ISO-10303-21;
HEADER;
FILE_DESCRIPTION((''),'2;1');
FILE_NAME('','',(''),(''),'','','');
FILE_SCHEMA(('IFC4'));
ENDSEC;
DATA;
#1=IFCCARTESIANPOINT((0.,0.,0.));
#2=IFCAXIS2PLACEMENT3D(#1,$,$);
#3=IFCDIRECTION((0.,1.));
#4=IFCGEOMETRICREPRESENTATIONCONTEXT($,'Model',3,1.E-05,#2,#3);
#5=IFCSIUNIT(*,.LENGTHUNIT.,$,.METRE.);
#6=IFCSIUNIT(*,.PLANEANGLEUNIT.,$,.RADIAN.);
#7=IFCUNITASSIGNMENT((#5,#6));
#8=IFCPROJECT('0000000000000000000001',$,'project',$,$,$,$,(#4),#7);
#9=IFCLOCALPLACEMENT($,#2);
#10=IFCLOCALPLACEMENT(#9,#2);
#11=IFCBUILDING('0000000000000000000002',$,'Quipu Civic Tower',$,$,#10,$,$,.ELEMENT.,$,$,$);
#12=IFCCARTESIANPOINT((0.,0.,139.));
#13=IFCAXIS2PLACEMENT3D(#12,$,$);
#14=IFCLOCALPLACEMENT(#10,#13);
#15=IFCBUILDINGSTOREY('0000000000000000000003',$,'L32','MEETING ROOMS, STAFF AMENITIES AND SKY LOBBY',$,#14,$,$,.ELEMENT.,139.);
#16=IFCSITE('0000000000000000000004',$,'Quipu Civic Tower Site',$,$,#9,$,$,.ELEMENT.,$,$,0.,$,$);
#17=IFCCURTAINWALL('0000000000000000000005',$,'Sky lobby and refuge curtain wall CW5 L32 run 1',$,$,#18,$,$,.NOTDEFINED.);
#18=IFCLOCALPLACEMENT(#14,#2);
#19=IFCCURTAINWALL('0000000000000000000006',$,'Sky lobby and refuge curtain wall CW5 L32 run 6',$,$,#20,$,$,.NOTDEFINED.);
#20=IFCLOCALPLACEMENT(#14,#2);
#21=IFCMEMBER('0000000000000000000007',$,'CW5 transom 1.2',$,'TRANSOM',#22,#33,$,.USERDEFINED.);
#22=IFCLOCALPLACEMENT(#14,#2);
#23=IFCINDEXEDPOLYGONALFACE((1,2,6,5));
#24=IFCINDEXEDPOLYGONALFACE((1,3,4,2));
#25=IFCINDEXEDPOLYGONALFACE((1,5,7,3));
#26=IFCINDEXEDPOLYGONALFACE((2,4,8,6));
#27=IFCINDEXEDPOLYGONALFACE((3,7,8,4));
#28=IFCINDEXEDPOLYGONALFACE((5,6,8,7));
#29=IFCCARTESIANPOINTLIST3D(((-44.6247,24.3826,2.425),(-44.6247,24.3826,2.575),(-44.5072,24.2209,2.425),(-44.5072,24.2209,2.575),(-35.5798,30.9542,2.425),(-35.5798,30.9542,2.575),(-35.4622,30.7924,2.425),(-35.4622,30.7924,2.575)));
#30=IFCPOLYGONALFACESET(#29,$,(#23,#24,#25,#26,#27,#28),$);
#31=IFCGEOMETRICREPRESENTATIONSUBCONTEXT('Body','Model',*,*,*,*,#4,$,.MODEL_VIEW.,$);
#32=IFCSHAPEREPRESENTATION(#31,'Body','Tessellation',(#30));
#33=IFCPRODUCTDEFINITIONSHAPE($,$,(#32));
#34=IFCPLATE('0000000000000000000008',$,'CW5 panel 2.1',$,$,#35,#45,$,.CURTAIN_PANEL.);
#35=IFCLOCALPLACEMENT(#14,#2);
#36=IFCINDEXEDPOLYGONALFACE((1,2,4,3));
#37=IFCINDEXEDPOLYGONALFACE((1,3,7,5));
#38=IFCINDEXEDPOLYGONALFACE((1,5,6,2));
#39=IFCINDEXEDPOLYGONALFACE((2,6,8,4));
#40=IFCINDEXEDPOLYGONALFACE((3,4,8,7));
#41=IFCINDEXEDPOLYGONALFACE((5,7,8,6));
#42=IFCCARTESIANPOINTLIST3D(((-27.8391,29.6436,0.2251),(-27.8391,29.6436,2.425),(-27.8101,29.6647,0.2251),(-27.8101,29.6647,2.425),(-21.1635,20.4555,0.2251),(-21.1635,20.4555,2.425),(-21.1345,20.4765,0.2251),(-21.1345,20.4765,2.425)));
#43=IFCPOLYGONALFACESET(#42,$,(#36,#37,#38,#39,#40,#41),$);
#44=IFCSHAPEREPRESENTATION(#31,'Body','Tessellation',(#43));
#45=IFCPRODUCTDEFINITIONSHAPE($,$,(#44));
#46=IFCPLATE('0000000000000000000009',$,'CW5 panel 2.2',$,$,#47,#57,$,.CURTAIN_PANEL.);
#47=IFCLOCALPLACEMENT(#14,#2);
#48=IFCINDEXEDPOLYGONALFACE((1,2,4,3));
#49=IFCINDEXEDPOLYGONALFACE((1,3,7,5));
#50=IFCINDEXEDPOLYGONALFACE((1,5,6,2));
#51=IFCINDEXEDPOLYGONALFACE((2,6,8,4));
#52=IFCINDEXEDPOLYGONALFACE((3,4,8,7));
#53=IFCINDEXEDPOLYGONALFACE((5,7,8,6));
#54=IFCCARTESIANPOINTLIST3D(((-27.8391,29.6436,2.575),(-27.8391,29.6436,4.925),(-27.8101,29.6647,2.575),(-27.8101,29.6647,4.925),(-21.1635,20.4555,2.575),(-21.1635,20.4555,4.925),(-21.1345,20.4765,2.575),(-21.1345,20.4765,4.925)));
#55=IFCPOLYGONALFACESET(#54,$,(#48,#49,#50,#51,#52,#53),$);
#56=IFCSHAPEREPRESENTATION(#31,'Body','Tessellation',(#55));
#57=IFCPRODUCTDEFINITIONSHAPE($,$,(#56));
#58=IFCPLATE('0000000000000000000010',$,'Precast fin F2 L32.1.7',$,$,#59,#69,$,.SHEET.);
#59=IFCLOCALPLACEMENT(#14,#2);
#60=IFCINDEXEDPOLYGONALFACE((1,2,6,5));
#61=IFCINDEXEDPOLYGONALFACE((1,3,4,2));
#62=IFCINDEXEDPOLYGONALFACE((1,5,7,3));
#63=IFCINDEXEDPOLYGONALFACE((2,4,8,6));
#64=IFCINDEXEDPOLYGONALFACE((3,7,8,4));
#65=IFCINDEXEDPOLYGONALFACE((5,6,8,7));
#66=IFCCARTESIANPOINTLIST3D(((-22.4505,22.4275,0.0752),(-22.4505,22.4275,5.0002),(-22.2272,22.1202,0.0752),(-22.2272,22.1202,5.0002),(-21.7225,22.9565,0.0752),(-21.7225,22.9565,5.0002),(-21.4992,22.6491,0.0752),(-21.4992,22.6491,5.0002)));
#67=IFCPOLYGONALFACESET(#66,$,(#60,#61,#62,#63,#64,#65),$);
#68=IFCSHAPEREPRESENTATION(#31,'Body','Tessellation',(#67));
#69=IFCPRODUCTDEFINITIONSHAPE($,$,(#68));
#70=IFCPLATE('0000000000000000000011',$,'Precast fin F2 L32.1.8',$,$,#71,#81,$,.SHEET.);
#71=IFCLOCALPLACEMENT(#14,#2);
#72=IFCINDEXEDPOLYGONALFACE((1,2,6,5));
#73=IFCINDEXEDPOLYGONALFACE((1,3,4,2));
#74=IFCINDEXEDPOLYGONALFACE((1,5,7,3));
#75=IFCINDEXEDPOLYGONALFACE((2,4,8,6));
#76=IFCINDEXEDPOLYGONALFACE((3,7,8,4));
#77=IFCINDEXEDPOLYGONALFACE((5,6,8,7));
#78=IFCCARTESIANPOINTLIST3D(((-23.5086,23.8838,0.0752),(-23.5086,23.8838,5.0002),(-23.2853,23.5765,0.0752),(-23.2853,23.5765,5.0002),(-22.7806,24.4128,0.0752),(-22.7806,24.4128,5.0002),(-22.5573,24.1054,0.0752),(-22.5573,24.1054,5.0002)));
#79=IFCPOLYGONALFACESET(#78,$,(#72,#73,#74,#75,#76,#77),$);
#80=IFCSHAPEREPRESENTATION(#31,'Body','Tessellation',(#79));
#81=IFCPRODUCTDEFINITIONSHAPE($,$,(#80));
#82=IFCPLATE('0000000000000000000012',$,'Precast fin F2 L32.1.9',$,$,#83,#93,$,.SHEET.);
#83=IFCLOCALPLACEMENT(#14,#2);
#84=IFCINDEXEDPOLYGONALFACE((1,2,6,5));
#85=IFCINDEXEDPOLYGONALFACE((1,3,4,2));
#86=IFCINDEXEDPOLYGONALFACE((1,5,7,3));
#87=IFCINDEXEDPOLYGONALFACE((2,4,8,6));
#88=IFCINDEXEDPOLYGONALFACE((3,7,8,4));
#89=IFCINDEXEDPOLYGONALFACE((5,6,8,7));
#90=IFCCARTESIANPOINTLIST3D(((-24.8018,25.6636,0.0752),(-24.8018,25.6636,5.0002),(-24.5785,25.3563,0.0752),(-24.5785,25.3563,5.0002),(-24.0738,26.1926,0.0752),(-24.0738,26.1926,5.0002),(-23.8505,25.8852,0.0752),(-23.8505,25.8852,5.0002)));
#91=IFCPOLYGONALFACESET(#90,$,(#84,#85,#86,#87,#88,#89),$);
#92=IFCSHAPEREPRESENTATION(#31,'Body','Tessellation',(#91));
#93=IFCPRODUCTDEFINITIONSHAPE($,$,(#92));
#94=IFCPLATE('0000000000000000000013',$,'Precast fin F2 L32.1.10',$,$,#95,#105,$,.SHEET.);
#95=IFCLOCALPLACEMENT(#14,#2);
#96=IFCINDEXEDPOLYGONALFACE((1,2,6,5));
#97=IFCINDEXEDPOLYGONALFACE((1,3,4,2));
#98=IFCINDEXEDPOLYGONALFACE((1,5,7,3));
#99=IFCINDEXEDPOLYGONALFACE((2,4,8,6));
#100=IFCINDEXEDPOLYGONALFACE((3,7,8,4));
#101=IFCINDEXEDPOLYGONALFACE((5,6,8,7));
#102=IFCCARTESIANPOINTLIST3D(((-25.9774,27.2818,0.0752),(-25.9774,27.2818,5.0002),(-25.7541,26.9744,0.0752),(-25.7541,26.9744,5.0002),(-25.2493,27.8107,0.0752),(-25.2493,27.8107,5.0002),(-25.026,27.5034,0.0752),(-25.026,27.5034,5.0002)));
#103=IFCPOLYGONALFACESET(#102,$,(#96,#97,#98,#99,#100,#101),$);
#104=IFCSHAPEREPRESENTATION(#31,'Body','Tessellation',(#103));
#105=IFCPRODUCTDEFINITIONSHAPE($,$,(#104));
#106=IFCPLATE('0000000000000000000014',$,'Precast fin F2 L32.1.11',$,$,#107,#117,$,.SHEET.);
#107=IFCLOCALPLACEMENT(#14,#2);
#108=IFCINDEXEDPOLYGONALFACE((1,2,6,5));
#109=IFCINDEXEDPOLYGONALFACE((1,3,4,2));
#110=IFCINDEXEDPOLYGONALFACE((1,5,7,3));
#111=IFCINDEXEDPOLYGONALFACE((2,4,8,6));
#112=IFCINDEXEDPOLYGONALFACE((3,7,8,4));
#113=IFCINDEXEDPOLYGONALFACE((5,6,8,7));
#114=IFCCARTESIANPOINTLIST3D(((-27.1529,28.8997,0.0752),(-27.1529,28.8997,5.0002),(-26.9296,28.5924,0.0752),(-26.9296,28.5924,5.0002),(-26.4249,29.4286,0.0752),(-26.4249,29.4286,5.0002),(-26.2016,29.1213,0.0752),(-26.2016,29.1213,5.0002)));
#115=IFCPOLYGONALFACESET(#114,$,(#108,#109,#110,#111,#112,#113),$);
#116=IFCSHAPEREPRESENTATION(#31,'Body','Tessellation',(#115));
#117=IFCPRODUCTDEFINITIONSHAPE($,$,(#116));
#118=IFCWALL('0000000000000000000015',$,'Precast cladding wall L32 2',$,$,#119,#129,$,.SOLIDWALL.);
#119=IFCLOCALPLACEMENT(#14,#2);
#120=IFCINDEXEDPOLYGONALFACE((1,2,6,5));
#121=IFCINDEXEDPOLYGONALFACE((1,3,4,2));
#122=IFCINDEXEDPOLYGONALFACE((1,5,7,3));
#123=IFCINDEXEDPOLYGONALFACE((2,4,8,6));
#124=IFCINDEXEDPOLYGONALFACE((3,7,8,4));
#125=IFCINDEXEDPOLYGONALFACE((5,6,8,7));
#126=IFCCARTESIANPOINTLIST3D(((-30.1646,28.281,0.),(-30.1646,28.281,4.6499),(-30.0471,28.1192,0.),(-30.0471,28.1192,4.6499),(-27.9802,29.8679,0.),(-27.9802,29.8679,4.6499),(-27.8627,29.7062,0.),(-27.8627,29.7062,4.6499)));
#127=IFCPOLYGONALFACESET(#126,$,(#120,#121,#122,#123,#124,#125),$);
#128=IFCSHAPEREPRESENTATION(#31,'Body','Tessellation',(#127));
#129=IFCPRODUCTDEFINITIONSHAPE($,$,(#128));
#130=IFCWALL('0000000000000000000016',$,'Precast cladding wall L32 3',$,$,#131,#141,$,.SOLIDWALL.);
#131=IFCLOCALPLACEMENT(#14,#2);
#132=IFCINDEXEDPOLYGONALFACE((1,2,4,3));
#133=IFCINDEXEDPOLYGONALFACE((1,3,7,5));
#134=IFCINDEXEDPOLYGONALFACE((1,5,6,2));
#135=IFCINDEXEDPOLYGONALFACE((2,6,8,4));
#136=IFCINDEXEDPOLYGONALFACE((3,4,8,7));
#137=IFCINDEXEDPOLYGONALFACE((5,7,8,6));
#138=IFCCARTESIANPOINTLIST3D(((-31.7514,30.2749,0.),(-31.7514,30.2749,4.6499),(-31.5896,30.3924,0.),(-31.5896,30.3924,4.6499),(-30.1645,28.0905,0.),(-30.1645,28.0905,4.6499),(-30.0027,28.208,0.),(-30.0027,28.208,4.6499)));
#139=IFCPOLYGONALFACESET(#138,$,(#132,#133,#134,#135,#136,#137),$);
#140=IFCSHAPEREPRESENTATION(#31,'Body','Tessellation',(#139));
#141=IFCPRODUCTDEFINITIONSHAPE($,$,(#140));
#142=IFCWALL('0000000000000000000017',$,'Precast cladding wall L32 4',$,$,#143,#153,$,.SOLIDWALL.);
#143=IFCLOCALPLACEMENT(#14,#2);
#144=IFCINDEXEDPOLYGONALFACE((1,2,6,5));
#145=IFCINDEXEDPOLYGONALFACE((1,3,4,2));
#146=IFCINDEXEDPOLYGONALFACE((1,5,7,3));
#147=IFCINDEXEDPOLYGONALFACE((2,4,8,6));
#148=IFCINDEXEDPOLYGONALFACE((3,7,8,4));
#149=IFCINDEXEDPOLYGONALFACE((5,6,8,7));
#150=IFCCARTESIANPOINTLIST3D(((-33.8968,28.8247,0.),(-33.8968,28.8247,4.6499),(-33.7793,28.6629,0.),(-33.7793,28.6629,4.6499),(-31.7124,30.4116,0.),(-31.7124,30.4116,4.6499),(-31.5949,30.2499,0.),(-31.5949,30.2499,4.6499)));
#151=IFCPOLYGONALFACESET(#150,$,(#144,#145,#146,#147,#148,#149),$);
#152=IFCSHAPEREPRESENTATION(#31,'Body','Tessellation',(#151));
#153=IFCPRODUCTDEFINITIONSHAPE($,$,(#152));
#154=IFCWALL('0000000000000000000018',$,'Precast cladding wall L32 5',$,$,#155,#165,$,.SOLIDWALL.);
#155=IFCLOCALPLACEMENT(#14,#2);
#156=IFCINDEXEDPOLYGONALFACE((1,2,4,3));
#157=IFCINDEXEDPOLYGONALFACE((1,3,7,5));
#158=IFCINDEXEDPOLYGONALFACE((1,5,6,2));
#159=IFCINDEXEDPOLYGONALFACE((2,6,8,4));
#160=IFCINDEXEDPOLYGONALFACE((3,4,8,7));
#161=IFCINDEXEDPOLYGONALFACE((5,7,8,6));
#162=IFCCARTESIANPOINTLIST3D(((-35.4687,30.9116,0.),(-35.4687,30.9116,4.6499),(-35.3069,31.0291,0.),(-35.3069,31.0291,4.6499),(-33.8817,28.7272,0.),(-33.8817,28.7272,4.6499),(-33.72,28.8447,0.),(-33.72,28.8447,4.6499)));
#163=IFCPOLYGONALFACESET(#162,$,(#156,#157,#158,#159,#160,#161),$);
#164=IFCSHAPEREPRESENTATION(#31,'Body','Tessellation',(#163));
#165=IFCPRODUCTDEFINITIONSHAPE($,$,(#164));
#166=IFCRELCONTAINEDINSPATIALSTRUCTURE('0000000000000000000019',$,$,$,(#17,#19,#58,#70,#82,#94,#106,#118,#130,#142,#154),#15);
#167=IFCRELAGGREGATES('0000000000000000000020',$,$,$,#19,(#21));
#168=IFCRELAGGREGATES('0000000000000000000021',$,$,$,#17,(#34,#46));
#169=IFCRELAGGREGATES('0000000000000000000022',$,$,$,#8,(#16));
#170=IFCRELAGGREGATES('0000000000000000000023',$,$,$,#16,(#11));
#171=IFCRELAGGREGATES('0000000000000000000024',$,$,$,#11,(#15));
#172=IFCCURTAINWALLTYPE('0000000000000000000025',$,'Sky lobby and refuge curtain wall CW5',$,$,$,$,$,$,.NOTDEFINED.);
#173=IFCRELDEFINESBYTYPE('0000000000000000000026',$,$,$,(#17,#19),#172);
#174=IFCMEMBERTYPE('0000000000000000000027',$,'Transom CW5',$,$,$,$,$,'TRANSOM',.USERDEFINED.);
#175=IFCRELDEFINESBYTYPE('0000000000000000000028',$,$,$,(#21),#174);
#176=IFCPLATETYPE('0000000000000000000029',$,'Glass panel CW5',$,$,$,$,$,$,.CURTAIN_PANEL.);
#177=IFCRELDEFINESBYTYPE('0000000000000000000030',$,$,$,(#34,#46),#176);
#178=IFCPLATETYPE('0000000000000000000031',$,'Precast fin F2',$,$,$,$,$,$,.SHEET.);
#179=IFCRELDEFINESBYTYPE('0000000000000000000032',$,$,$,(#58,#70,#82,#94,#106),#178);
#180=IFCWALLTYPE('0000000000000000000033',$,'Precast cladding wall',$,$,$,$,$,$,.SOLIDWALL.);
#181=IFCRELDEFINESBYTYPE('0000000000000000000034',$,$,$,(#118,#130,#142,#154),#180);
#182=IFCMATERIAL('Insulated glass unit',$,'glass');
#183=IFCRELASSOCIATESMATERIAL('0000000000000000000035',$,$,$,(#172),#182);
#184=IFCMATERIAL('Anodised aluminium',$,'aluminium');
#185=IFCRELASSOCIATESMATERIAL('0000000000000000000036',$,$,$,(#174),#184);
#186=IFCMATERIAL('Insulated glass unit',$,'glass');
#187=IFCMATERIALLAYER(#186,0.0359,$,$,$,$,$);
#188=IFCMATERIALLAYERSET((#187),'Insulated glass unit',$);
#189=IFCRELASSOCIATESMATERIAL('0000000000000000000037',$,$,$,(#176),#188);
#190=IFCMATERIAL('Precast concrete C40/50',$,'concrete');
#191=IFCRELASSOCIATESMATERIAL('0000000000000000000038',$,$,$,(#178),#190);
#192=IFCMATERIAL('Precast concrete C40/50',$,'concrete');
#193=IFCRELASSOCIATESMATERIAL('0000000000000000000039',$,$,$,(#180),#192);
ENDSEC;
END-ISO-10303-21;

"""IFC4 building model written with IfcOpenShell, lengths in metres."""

from ifc_helpers import new_model, si_unit, direction, frame, frame_2d, origin, origin_2d, place, context, subcontext, project, spatial, rectangle, extrude, material, layer, layer_set, material_profile, profile_set, type_object, element, aggregate, save


model = new_model("IFC4")

# Units and contexts
model_context = context("Model", 3, precision=1e-05, world=origin(), true_north=direction((0.0, 1.0)))
body_context = subcontext(model_context, "Body", "Model", "MODEL_VIEW")
ifc_project = project(units=[si_unit("LENGTHUNIT", "METRE"), si_unit("PLANEANGLEUNIT", "RADIAN")], contexts=[model_context])

# Site, building, storey
site_placement = place(None, origin())
site = spatial("IfcSite", under=ifc_project, at=site_placement, Name="Quipu Civic Tower Site", CompositionType="ELEMENT", RefElevation=0.0)
building_placement = place(site_placement, origin())
building = spatial("IfcBuilding", under=site, at=building_placement, Name="Quipu Civic Tower", CompositionType="ELEMENT")
storey_placement = place(building_placement, frame((0.0, 0.0, 139.0)))
storey = spatial("IfcBuildingStorey", under=building, at=storey_placement, Name="L32", Description="MEETING ROOMS, STAFF AMENITIES AND SKY LOBBY", CompositionType="ELEMENT", Elevation=139.0)

# Curtain walls
ifc_material_1 = material(Name="Insulated glass unit", Category="glass")
curtain_wall_type = type_object("IfcCurtainWallType", Name="Sky lobby and refuge curtain wall CW5", PredefinedType="NOTDEFINED", material=ifc_material_1)
curtain_wall_1_placement = place(storey_placement, origin())
curtain_wall_1 = element("IfcCurtainWall", 1, at=curtain_wall_1_placement, inside=storey, type_object=curtain_wall_type, Name="Sky lobby and refuge curtain wall CW5 L32 run 1", PredefinedType="NOTDEFINED")
curtain_wall_2_placement = place(storey_placement, origin())
curtain_wall_2 = element("IfcCurtainWall", 2, at=curtain_wall_2_placement, inside=storey, type_object=curtain_wall_type, Name="Sky lobby and refuge curtain wall CW5 L32 run 6", PredefinedType="NOTDEFINED")

# Member
ifc_material_2 = material(Name="Anodised aluminium", Category="aluminium")
ifc_material_profile_1 = material_profile(ifc_material_2, rectangle(XDim=0.2, YDim=0.1499, at=origin_2d()), Name="RECT 200x150")
ifc_profile_set_1 = profile_set([ifc_material_profile_1], Name="Anodised aluminium")
member_type_1 = type_object("IfcMemberType", Name="Transom CW5", ElementType="TRANSOM", PredefinedType="USERDEFINED", material=ifc_profile_set_1)
member_1_placement = place(storey_placement, frame((-35.521, 30.8733, 2.5), z_axis=(-0.809016, -0.587786, 0.0), x_axis=(0.587786, -0.809016, 0.0)))
member_1 = element("IfcMember", 3, at=member_1_placement, type_object=member_type_1, Name="CW5 transom 1.2", ObjectType="TRANSOM", PredefinedType="USERDEFINED", context=body_context, shape_type="SweptSolid", body=[
    extrude(rectangle(XDim=0.2, YDim=0.1499, at=origin_2d()), origin(), (0.0, 0.0, 1.0), 11.1802),
])
aggregate(curtain_wall_2, [member_1])

# Plates
ifc_material_3 = material(Name="Insulated glass unit", Category="glass")
ifc_layer = layer(ifc_material_3, 0.0359)
ifc_layer_set = layer_set([ifc_layer], Name="Insulated glass unit")
plate_type_1 = type_object("IfcPlateType", Name="Glass panel CW5", PredefinedType="CURTAIN_PANEL", material=ifc_layer_set)
plate_1_placement = place(storey_placement, frame((-24.4868, 25.0601, 0.2251), z_axis=(0.0, 0.0, 1.0), x_axis=(-0.587789, 0.809014, 0.0)))
plate_1 = element("IfcPlate", 4, at=plate_1_placement, type_object=plate_type_1, Name="CW5 panel 2.1", PredefinedType="CURTAIN_PANEL", context=body_context, shape_type="SweptSolid", body=[
    extrude(rectangle(XDim=11.3572, YDim=0.0359, at=origin_2d()), origin(), (0.0, 0.0, 1.0), 2.2),
])
plate_2_placement = place(storey_placement, frame((-24.4868, 25.0601, 2.575), z_axis=(0.0, 0.0, 1.0), x_axis=(-0.587789, 0.809014, 0.0)))
plate_2 = element("IfcPlate", 5, at=plate_2_placement, type_object=plate_type_1, Name="CW5 panel 2.2", PredefinedType="CURTAIN_PANEL", context=body_context, shape_type="SweptSolid", body=[
    extrude(rectangle(XDim=11.3572, YDim=0.0359, at=origin_2d()), origin(), (0.0, 0.0, 1.0), 2.3501),
])
aggregate(curtain_wall_1, [plate_1, plate_2])

# Plates
ifc_material_4 = material(Name="Precast concrete C40/50", Category="concrete")
plate_type_2 = type_object("IfcPlateType", Name="Precast fin F2", PredefinedType="SHEET", material=ifc_material_4)
for number, where, z_axis, x_axis, name in (
    (6, (-21.9749, 22.5383, 0.0752), (0.0, 0.0, 1.0), (-0.587787, 0.809016, 0.0), "Precast fin F2 L32.1.7"),
    (7, (-23.033, 23.9946, 0.0752), (0.0, 0.0, 1.0), (-0.587787, 0.809016, 0.0), "Precast fin F2 L32.1.8"),
    (8, (-24.3262, 25.7744, 0.0752), (0.0, 0.0, 1.0), (-0.587787, 0.809016, 0.0), "Precast fin F2 L32.1.9"),
    (9, (-25.5017, 27.3926, 0.0752), (0.0, 0.0, 1.0), (-0.587787, 0.809016, 0.0), "Precast fin F2 L32.1.10"),
    (10, (-26.6772, 29.0105, 0.0752), (0.0, 0.0, 1.0), (-0.587787, 0.809016, 0.0), "Precast fin F2 L32.1.11"),
):
    element("IfcPlate", number, at=place(storey_placement, frame(where, z_axis=z_axis, x_axis=x_axis)), inside=storey, type_object=plate_type_2, Name=name, PredefinedType="SHEET", context=body_context, shape_type="SweptSolid", body=[
        extrude(rectangle(XDim=0.3799, YDim=0.8999, at=origin_2d()), origin(), (0.0, 0.0, 1.0), 4.925),
    ])

# Walls
ifc_material_5 = material(Name="Precast concrete C40/50", Category="concrete")
wall_type = type_object("IfcWallType", Name="Precast cladding wall", PredefinedType="SOLIDWALL", material=ifc_material_5)
for number, where, z_axis, x_axis, name in (
    (11, (-27.9214, 29.7871, 0.0), (0.0, 0.0, 1.0), (-0.809033, -0.587763, 0.0), "Precast cladding wall L32 2"),
    (12, (-30.0835, 28.1492, 0.0), (0.0, 0.0, 1.0), (-0.587763, 0.809033, 0.0), "Precast cladding wall L32 3"),
    (13, (-31.6536, 30.3308, 0.0), (0.0, 0.0, 1.0), (-0.809033, -0.587763, 0.0), "Precast cladding wall L32 4"),
    (14, (-33.8008, 28.7859, 0.0), (0.0, 0.0, 1.0), (-0.587763, 0.809033, 0.0), "Precast cladding wall L32 5"),
):
    element("IfcWall", number, at=place(storey_placement, frame(where, z_axis=z_axis, x_axis=x_axis)), inside=storey, type_object=wall_type, Name=name, PredefinedType="SOLIDWALL", context=body_context, shape_type="SweptSolid", body=[
        extrude(rectangle(XDim=2.7, YDim=0.2, at=frame_2d((1.3501, 0.0))), origin(), (0.0, 0.0, 1.0), 4.6499),
    ])

save(model, "model.ifc")
